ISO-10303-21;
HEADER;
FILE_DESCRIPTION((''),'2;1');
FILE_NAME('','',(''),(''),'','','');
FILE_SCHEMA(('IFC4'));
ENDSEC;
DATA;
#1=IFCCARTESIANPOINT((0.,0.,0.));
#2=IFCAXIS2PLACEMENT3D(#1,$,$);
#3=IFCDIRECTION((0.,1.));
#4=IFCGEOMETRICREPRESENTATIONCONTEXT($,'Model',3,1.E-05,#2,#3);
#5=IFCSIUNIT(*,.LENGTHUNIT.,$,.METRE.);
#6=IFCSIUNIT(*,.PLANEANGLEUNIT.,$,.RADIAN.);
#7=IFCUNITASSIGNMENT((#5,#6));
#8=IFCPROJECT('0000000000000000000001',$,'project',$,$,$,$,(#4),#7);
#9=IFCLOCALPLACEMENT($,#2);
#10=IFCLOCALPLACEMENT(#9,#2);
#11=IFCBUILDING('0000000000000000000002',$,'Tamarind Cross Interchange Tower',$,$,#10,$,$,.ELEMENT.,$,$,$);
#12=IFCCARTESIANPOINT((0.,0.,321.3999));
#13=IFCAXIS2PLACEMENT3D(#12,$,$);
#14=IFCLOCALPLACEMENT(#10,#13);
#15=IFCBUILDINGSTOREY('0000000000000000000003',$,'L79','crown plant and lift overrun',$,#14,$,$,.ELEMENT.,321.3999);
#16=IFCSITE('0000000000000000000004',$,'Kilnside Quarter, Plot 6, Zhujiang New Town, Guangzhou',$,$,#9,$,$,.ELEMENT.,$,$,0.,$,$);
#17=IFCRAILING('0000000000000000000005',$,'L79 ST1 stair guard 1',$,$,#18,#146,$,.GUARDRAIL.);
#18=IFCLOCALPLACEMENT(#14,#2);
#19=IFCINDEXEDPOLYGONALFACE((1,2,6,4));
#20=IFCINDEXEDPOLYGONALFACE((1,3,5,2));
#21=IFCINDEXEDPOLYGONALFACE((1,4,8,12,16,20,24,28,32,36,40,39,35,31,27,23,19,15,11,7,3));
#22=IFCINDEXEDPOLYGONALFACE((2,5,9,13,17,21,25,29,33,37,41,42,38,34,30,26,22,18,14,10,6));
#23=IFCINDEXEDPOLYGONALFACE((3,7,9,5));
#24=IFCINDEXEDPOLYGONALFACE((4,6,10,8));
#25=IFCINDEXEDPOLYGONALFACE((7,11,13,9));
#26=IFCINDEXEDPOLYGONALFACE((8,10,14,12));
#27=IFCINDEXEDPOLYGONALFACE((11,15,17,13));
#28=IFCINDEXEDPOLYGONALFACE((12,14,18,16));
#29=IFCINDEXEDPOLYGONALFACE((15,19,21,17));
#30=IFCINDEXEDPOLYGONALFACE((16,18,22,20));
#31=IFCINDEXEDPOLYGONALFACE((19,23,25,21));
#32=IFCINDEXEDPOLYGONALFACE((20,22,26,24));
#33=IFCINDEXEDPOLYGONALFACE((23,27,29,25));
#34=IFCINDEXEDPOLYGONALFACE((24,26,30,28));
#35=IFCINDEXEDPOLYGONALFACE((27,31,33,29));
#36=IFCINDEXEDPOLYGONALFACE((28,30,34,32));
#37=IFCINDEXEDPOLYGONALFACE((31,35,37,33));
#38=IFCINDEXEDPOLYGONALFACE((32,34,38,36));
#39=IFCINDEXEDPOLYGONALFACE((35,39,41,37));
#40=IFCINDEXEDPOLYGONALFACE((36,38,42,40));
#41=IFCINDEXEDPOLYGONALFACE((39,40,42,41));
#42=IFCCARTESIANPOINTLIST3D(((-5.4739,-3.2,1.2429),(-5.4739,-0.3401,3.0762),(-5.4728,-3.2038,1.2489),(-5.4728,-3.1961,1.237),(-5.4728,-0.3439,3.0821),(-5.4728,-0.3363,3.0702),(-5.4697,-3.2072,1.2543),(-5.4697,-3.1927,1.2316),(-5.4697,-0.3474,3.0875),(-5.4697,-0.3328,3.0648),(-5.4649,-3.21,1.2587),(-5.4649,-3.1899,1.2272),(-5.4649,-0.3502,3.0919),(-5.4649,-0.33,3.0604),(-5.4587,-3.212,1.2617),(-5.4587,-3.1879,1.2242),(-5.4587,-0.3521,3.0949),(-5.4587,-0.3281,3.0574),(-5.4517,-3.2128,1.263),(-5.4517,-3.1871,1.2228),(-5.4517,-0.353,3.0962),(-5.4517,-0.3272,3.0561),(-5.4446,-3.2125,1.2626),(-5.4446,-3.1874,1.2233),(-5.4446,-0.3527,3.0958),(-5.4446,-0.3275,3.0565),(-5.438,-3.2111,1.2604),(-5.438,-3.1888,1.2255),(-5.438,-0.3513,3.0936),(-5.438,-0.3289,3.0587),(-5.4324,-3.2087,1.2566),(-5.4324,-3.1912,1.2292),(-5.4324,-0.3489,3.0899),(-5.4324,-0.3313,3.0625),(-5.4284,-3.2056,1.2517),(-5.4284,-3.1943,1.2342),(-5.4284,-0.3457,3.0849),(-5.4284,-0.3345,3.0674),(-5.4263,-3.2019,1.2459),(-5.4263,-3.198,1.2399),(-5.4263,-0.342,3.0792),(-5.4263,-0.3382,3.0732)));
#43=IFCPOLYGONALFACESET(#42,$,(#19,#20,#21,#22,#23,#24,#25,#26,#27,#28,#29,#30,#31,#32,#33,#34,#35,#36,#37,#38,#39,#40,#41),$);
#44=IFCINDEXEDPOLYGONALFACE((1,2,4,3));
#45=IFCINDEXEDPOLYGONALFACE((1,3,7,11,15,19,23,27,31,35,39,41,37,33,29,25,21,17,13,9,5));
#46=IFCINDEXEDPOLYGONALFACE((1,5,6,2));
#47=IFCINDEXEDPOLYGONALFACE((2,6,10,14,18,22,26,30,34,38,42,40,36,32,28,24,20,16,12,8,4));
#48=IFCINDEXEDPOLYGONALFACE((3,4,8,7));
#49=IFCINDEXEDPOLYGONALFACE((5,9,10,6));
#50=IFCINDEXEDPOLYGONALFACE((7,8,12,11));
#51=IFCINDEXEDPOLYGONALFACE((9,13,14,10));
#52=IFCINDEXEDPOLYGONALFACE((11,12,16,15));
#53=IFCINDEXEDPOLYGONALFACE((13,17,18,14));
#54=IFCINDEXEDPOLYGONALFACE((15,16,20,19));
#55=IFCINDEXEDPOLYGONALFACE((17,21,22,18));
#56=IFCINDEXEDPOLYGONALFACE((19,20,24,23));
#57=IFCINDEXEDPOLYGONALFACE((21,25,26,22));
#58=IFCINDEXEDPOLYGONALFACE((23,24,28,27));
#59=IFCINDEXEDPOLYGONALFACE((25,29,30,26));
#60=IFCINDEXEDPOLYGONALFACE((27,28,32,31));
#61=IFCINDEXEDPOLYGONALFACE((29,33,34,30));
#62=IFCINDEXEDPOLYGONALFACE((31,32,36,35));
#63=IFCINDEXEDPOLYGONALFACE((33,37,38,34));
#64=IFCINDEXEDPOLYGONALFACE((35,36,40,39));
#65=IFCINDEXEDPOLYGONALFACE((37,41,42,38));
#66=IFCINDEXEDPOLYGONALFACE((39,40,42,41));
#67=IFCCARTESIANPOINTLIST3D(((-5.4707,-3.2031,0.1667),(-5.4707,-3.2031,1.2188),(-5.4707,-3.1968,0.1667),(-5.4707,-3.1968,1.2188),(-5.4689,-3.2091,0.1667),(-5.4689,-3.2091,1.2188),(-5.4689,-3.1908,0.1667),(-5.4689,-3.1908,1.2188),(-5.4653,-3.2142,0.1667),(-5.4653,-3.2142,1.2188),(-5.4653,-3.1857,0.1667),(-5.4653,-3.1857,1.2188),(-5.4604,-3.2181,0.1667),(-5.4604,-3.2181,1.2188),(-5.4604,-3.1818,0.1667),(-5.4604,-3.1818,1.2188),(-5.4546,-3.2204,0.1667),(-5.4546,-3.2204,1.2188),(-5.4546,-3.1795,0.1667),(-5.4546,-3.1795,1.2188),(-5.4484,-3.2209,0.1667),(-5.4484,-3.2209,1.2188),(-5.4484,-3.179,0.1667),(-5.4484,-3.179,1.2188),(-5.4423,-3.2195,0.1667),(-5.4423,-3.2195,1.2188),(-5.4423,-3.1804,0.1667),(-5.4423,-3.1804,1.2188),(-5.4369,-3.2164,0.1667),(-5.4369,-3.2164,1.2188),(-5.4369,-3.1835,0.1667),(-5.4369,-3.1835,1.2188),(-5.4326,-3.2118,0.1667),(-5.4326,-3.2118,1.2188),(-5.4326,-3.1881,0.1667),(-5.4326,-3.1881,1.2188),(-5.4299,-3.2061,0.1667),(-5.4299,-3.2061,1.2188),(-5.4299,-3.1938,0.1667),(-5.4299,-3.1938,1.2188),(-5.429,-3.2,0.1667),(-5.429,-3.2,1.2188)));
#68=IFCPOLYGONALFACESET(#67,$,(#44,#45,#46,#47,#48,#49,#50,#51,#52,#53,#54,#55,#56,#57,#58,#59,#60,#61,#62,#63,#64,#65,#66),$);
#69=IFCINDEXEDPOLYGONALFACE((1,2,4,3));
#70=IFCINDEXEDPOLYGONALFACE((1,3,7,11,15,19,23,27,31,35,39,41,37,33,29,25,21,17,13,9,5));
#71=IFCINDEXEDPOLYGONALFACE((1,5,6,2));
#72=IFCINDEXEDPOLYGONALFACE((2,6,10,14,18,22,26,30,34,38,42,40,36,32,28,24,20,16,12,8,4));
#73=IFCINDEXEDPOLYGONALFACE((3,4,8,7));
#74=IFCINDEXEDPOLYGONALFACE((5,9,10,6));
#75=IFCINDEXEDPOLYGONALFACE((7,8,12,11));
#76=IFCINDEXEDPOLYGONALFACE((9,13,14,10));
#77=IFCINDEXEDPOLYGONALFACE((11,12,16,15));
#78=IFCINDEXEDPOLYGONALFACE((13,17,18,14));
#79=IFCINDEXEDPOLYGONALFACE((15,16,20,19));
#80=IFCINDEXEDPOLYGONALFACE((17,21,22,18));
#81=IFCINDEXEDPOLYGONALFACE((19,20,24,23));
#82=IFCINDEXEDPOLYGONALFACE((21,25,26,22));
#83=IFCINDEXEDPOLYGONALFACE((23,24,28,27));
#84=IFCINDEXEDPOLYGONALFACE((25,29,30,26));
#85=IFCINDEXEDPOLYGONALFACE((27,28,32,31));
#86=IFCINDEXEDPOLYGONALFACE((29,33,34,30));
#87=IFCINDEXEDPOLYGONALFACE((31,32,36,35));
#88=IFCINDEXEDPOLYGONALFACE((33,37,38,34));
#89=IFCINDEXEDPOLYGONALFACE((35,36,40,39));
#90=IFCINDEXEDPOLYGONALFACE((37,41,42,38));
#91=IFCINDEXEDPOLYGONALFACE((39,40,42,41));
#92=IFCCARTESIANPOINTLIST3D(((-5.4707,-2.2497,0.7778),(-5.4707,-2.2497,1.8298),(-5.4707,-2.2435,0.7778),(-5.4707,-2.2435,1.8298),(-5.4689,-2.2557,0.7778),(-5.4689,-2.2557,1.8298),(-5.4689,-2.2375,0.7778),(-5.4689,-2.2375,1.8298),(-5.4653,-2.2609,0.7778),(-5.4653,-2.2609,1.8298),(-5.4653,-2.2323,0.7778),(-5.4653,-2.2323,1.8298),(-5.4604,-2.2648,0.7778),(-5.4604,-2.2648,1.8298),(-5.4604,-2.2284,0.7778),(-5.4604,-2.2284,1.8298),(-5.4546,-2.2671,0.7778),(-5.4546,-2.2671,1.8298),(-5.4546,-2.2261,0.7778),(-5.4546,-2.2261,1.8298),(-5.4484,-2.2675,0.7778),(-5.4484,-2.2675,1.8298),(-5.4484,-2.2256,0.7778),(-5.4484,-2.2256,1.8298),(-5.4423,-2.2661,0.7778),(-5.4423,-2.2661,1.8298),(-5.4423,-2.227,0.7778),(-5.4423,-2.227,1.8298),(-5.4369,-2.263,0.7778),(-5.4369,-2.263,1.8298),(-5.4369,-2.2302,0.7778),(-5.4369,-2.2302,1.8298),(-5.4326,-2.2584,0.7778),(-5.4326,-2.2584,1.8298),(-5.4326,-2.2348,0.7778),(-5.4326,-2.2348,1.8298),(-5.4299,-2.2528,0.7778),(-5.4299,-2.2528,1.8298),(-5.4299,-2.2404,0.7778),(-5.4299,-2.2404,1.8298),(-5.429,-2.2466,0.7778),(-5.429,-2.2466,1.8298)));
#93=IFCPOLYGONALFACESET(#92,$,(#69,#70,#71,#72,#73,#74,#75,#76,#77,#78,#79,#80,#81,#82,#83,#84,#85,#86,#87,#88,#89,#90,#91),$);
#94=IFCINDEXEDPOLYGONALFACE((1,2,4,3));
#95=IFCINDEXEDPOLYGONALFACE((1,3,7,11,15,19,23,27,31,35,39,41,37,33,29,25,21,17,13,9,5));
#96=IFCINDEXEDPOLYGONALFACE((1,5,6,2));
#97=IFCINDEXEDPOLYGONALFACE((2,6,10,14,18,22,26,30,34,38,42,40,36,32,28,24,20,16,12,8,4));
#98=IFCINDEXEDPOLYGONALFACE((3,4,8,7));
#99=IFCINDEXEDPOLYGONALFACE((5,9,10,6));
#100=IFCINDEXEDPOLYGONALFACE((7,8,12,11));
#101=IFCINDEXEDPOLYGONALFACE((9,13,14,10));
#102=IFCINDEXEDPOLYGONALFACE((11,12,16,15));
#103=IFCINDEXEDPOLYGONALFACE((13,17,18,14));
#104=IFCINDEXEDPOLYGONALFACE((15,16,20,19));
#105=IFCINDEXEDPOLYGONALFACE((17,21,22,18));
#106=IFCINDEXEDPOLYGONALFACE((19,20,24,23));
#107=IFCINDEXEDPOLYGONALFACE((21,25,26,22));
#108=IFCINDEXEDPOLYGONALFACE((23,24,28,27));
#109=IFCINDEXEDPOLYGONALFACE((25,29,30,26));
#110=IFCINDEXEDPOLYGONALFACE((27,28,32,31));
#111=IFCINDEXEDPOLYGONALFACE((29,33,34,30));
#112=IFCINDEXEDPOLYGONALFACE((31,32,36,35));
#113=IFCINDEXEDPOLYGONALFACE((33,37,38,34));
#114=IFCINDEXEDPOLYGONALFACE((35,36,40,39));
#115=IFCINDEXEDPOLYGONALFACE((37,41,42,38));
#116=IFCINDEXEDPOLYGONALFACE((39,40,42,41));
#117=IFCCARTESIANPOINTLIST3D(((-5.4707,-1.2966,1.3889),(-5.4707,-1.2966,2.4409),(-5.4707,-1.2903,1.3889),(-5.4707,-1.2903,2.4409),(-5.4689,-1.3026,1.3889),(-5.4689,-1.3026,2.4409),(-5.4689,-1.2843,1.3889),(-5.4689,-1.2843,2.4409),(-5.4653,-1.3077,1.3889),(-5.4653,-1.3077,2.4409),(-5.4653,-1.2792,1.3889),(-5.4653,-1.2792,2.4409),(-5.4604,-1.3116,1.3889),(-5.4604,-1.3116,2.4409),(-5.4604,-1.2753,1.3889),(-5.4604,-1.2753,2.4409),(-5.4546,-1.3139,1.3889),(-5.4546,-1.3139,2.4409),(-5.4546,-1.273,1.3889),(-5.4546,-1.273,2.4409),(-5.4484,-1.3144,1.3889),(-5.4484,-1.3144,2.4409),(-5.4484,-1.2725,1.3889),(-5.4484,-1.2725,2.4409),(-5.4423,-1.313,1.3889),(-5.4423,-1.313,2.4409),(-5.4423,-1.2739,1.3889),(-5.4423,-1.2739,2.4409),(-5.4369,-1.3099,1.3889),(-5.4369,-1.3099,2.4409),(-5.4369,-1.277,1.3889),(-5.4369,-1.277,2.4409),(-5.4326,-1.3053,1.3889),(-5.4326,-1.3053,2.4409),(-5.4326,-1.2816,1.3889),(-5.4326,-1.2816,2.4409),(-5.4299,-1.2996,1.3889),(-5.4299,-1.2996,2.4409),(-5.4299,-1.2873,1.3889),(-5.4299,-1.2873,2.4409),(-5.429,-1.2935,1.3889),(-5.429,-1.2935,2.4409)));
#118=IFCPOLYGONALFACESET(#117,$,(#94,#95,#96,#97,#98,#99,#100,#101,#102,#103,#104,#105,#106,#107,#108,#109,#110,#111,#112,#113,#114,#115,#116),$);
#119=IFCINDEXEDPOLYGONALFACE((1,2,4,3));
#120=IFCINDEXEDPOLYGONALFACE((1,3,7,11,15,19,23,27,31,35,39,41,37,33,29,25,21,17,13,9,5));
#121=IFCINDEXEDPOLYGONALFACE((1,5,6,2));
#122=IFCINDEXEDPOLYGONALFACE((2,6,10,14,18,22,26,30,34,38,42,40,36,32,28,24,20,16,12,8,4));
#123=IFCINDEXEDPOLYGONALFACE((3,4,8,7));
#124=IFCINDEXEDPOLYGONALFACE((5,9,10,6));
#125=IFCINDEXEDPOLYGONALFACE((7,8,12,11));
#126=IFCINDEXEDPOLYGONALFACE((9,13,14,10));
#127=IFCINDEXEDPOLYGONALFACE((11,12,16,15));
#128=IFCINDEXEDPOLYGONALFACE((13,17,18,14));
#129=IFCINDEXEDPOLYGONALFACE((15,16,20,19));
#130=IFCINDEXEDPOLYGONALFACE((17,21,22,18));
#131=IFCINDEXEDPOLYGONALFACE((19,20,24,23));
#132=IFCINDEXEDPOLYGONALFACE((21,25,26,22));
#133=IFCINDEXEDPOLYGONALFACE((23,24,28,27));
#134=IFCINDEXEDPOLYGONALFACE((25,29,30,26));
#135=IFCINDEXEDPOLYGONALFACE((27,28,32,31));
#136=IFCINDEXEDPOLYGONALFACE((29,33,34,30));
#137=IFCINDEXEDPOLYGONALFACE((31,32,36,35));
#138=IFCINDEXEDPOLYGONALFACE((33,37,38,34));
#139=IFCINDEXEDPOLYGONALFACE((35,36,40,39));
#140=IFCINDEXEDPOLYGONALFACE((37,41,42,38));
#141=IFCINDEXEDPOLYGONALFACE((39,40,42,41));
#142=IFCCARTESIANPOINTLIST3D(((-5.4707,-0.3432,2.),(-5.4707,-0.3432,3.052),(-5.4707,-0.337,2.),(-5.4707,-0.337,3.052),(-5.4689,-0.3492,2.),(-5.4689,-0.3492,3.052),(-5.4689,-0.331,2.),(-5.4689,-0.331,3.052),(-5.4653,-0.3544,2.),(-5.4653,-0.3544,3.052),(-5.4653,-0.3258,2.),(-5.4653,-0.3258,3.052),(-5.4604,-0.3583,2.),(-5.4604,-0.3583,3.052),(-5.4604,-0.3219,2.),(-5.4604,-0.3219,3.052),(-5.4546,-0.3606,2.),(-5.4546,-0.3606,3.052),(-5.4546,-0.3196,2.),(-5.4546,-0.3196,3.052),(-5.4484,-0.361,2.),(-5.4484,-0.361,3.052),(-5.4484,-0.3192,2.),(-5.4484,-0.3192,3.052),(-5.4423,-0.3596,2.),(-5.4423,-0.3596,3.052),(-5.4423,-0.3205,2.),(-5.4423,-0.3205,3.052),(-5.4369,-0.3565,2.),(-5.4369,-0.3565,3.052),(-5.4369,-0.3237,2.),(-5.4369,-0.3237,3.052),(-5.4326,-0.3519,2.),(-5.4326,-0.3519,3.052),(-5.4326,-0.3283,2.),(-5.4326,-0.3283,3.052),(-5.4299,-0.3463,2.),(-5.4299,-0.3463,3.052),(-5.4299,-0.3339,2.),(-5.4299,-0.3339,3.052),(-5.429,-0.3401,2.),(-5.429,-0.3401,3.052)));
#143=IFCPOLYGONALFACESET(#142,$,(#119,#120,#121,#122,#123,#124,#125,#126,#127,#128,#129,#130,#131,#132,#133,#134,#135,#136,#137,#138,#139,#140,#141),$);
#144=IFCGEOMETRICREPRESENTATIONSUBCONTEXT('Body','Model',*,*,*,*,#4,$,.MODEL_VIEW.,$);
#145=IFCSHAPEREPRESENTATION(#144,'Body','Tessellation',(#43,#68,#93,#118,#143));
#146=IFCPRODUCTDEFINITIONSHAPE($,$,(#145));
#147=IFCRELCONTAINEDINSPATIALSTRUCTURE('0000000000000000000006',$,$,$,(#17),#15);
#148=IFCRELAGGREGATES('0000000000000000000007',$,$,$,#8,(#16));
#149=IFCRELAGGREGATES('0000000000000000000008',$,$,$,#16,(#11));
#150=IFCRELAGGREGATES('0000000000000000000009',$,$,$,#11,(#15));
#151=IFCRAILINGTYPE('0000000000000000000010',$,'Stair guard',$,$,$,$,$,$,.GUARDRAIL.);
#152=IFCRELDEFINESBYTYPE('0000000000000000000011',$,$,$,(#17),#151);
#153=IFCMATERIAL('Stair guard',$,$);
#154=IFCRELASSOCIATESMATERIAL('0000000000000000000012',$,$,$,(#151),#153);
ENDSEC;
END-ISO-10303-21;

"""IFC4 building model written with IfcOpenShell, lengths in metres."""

from ifc_helpers import new_model, si_unit, direction, frame, origin, origin_2d, place, context, subcontext, project, spatial, circle, extrude, material, type_object, element, save


model = new_model("IFC4")

# Units and contexts
model_context = context("Model", 3, precision=1e-05, world=origin(), true_north=direction((0.0, 1.0)))
body_context = subcontext(model_context, "Body", "Model", "MODEL_VIEW")
ifc_project = project(units=[si_unit("LENGTHUNIT", "METRE"), si_unit("PLANEANGLEUNIT", "RADIAN")], contexts=[model_context])

# Site, building, storey
site_placement = place(None, origin())
site = spatial("IfcSite", under=ifc_project, at=site_placement, Name="Kilnside Quarter, Plot 6, Zhujiang New Town, Guangzhou", CompositionType="ELEMENT", RefElevation=0.0)
building_placement = place(site_placement, origin())
building = spatial("IfcBuilding", under=site, at=building_placement, Name="Tamarind Cross Interchange Tower", CompositionType="ELEMENT")
storey_placement = place(building_placement, frame((0.0, 0.0, 321.3999)))
storey = spatial("IfcBuildingStorey", under=building, at=storey_placement, Name="L79", Description="crown plant and lift overrun", CompositionType="ELEMENT", Elevation=321.3999)

# Railing
ifc_material_1 = material(Name="Stair guard")
railing_type_1 = type_object("IfcRailingType", Name="Stair guard", PredefinedType="GUARDRAIL", material=ifc_material_1)
railing_1_placement = place(storey_placement, frame((-5.45, -3.2, 0.1667)))
element("IfcRailing", 1, at=railing_1_placement, inside=storey, type_object=railing_type_1, Name="L79 ST1 stair guard 1", PredefinedType="GUARDRAIL", context=body_context, shape_type="SweptSolid", body=[
    extrude(circle(Radius=0.0239, at=origin_2d()), frame((0.0, 0.0, 1.0762), z_axis=(0.0, 0.841878, 0.539667), x_axis=(-1.0, 0.0, 0.0)), (0.0, 0.0, 1.0), 3.397),
    extrude(circle(Radius=0.021, at=origin_2d()), origin(), (0.0, 0.0, 1.0), 1.052),
    extrude(circle(Radius=0.021, at=origin_2d()), frame((0.0, 0.9534, 0.6111)), (0.0, 0.0, 1.0), 1.052),
    extrude(circle(Radius=0.021, at=origin_2d()), frame((0.0, 1.9065, 1.2222)), (0.0, 0.0, 1.0), 1.052),
    extrude(circle(Radius=0.021, at=origin_2d()), frame((0.0, 2.8599, 1.8333)), (0.0, 0.0, 1.0), 1.052),
])

save(model, "model.ifc")
